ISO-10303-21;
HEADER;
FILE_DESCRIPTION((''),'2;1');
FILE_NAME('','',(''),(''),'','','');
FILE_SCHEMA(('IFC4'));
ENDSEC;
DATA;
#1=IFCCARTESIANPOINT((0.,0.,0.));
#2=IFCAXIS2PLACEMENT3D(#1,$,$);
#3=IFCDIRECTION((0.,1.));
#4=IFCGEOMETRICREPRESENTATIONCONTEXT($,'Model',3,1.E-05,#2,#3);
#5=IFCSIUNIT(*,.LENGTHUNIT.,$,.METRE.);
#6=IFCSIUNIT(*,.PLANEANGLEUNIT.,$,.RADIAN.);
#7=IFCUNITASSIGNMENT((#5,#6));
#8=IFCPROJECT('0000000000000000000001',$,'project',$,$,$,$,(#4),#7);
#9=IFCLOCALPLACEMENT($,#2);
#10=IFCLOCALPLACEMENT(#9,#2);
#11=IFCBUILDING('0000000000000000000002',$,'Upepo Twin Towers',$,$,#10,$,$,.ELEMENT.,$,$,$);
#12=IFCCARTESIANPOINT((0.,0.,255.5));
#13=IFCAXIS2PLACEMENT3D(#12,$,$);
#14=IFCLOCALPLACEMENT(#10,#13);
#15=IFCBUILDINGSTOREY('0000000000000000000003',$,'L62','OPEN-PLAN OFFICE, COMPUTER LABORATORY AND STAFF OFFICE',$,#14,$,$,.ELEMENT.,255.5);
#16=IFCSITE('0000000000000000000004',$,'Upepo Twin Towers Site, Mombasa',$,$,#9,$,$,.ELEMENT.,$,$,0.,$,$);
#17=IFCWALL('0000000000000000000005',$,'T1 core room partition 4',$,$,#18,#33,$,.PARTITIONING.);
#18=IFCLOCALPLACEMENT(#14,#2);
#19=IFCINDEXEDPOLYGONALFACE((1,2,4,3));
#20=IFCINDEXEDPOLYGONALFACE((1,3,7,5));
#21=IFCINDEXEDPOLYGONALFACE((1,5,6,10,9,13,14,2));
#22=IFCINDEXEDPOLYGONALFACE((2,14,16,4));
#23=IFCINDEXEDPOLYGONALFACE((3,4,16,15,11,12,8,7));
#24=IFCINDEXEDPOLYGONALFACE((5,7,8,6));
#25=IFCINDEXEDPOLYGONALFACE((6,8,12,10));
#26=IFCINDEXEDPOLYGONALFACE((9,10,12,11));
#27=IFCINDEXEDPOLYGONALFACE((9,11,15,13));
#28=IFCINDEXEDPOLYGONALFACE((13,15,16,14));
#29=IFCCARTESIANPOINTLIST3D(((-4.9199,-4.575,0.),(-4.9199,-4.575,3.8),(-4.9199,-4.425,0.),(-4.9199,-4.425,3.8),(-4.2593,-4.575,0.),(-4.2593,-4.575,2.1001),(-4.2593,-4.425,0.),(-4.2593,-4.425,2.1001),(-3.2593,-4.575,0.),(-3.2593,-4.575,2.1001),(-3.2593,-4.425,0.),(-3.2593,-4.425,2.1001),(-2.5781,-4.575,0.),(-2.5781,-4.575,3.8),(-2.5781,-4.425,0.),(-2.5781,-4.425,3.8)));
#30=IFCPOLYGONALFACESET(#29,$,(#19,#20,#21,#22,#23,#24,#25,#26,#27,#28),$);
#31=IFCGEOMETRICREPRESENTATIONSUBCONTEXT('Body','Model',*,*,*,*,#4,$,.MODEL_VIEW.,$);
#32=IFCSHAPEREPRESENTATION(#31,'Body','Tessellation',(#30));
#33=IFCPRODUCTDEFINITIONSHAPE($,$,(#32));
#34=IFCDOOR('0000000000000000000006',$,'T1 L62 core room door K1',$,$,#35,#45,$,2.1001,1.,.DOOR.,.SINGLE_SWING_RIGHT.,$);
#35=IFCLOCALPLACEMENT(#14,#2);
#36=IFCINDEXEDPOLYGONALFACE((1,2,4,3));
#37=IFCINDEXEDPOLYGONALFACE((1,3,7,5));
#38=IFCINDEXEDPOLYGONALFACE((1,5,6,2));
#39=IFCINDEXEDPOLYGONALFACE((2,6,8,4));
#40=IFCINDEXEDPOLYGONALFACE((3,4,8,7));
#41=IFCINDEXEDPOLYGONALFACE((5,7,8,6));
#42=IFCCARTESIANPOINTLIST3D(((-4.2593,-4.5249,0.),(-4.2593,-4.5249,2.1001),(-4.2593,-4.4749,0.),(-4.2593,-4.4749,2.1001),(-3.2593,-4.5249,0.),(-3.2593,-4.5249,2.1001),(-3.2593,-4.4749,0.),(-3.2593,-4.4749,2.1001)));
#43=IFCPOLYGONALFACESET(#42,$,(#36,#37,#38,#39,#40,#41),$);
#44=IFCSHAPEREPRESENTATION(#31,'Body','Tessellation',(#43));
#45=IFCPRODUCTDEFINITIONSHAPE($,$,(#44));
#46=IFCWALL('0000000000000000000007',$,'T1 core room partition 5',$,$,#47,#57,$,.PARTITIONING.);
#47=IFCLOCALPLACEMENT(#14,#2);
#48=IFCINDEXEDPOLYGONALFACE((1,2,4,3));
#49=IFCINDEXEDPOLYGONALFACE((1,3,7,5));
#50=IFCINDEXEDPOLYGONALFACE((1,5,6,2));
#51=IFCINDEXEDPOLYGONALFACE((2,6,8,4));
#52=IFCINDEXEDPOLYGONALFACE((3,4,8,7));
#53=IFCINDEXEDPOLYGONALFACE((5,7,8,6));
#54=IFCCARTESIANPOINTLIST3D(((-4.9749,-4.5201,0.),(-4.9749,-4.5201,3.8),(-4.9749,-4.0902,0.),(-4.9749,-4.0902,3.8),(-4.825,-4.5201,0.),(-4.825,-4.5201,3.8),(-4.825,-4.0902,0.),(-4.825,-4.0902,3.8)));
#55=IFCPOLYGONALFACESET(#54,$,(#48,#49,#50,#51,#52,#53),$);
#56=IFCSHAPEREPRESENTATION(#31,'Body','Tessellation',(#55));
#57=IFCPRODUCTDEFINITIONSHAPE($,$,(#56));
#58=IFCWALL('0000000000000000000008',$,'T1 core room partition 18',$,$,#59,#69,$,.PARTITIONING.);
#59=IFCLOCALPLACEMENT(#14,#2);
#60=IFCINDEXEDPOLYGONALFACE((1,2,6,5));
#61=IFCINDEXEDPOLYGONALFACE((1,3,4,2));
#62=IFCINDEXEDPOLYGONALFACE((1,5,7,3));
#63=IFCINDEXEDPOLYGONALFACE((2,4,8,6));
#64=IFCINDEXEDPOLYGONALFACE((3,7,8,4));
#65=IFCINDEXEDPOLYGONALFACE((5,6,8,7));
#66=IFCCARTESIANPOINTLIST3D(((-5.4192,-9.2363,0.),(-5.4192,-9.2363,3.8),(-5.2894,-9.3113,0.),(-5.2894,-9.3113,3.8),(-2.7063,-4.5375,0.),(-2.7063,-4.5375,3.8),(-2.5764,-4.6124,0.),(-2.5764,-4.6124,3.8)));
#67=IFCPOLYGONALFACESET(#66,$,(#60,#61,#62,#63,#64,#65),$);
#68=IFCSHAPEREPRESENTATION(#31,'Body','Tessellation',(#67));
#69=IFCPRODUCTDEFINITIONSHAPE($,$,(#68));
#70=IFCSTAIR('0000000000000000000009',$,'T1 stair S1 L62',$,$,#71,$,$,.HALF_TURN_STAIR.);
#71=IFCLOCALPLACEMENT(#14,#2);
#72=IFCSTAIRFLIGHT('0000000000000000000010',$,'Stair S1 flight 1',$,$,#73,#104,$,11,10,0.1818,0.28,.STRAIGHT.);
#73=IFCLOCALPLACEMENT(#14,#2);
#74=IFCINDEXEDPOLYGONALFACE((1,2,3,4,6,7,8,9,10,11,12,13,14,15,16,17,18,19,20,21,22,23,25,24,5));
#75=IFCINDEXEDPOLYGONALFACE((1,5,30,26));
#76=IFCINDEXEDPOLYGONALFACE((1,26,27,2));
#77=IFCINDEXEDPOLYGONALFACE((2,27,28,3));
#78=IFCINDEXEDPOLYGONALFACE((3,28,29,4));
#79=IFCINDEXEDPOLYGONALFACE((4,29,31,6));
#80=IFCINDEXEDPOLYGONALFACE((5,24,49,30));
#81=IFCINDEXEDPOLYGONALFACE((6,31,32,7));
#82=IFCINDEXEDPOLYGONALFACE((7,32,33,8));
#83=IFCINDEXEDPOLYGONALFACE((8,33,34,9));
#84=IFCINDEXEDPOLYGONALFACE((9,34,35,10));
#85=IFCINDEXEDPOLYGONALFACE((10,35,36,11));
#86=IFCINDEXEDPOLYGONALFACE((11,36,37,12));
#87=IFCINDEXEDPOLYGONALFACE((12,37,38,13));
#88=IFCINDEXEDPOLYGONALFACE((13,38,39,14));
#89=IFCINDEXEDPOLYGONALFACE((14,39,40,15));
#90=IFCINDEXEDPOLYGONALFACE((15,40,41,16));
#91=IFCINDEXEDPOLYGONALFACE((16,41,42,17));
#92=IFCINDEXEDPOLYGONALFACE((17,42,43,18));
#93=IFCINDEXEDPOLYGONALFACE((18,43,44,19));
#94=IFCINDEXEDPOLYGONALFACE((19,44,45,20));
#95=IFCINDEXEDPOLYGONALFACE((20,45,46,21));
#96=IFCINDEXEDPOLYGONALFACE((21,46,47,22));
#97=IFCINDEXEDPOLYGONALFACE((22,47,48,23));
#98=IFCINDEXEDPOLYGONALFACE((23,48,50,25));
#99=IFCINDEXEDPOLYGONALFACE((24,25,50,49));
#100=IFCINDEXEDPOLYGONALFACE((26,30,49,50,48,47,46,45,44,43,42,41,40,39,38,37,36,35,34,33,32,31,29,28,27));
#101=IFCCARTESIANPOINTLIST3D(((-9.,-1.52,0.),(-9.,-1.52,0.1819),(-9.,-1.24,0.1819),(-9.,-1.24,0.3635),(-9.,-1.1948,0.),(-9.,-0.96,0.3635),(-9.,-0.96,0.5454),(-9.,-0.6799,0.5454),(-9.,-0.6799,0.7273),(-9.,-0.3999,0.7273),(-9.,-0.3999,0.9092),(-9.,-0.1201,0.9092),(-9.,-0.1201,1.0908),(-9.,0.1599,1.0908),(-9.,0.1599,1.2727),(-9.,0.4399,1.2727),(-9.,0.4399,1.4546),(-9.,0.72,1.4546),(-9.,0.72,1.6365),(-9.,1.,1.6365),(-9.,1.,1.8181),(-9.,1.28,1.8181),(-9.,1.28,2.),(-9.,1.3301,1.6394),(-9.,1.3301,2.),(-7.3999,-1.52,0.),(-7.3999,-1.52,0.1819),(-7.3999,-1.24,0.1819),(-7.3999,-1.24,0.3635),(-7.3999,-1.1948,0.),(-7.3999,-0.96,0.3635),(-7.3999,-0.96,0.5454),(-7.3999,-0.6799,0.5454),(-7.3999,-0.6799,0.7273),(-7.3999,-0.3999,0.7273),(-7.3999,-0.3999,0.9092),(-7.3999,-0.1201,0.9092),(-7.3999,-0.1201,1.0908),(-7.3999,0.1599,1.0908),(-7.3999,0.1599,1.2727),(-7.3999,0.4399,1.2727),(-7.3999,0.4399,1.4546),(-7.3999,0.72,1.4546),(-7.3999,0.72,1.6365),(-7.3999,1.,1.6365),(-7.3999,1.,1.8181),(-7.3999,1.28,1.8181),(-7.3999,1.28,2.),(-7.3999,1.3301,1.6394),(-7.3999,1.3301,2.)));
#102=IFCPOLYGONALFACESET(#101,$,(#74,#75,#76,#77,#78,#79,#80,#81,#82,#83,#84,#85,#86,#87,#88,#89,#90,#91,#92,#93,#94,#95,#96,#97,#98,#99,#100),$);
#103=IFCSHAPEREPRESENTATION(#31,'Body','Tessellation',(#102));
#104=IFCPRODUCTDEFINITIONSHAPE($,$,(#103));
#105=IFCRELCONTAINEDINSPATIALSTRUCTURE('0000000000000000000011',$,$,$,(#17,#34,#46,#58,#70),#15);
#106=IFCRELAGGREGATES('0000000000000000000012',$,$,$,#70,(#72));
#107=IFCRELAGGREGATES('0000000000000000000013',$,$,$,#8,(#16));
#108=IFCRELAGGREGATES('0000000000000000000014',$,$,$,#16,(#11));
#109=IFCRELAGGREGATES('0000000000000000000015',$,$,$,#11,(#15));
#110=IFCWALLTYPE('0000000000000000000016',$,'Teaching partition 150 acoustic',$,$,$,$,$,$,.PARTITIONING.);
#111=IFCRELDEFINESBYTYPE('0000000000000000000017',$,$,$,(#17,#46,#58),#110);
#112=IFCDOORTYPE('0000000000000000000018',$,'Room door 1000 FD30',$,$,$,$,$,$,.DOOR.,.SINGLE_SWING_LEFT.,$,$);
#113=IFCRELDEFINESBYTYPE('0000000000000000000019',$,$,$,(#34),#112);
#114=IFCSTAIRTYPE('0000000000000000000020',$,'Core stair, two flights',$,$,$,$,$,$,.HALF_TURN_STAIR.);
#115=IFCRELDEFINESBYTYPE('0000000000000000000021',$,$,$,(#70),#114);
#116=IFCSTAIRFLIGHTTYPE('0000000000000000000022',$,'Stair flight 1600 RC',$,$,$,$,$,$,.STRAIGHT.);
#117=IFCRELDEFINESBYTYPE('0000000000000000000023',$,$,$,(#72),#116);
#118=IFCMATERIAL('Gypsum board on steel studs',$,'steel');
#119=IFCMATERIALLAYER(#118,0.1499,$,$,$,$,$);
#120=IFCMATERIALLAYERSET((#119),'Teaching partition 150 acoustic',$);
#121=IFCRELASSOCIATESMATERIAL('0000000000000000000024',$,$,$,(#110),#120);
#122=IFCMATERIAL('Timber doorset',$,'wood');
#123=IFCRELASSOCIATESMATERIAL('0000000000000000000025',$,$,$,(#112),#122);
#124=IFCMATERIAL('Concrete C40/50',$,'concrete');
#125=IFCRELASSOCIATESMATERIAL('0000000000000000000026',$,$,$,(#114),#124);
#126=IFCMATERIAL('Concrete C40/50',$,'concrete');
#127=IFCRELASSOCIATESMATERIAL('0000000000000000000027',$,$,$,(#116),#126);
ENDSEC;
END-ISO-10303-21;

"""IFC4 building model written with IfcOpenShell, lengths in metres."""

from ifc_helpers import new_model, si_unit, direction, frame, frame_2d, origin, place, context, subcontext, project, spatial, polyline, rectangle, outline, extrude, material, layer, layer_set, type_object, element, fill, aggregate, save


model = new_model("IFC4")

# Units and contexts
model_context = context("Model", 3, precision=1e-05, world=origin(), true_north=direction((0.0, 1.0)))
body_context = subcontext(model_context, "Body", "Model", "MODEL_VIEW")
ifc_project = project(units=[si_unit("LENGTHUNIT", "METRE"), si_unit("PLANEANGLEUNIT", "RADIAN")], contexts=[model_context])

# Site, building, storey
site_placement = place(None, origin())
site = spatial("IfcSite", under=ifc_project, at=site_placement, Name="Upepo Twin Towers Site, Mombasa", CompositionType="ELEMENT", RefElevation=0.0)
building_placement = place(site_placement, origin())
building = spatial("IfcBuilding", under=site, at=building_placement, Name="Upepo Twin Towers", CompositionType="ELEMENT")
storey_placement = place(building_placement, frame((0.0, 0.0, 255.5)))
storey = spatial("IfcBuildingStorey", under=building, at=storey_placement, Name="L62", Description="OPEN-PLAN OFFICE, COMPUTER LABORATORY AND STAFF OFFICE", CompositionType="ELEMENT", Elevation=255.5)

# Shared definitions
ifc_material_1 = material(Name="Gypsum board on steel studs", Category="steel")
ifc_layer_1 = layer(ifc_material_1, 0.1499)
ifc_layer_set_1 = layer_set([ifc_layer_1], Name="Teaching partition 150 acoustic")
wall_type_1 = type_object("IfcWallType", Name="Teaching partition 150 acoustic", PredefinedType="PARTITIONING", material=ifc_layer_set_1)

# Wall, opening, door
ifc_material_2 = material(Name="Timber doorset", Category="wood")
door_type_1 = type_object("IfcDoorType", Name="Room door 1000 FD30", OperationType="SINGLE_SWING_LEFT", PredefinedType="DOOR", material=ifc_material_2)
wall_1_placement = place(storey_placement, frame((-2.5781, -4.5, 0.0), z_axis=(0.0, 0.0, 1.0), x_axis=(-1.0, 0.0, 0.0)))
wall_1 = element("IfcWall", 1, at=wall_1_placement, inside=storey, type_object=wall_type_1, Name="T1 core room partition 4", PredefinedType="PARTITIONING", context=body_context, shape_type="SweptSolid", body=[
    extrude(rectangle(XDim=2.3418, YDim=0.1499, at=frame_2d((1.1709, 0.0))), origin(), (0.0, 0.0, 1.0), 3.8),
])
opening_1_placement = place(wall_1_placement, frame((0.6812, 0.0, 0.0)))
opening_1 = element("IfcOpeningElement", 2, at=opening_1_placement, cuts=wall_1, PredefinedType="OPENING", context=body_context, shape_type="SweptSolid", body=[
    extrude(rectangle(XDim=1.0, YDim=2.1001, at=frame_2d((0.5, 1.05))), frame((0.0, 0.085, 0.0), z_axis=(0.0, -1.0, 0.0), x_axis=(1.0, 0.0, 0.0)), (0.0, 0.0, 1.0), 0.1699),
])
door_1_placement = place(opening_1_placement, origin())
door_1 = element("IfcDoor", 3, at=door_1_placement, inside=storey, type_object=door_type_1, Name="T1 L62 core room door K1", OperationType="SINGLE_SWING_RIGHT", OverallHeight=2.1001, OverallWidth=1.0, PredefinedType="DOOR", context=body_context, shape_type="SweptSolid", body=[
    extrude(rectangle(XDim=1.0, YDim=2.1001, at=frame_2d((0.5, 1.05))), frame((0.0, 0.0249, 0.0), z_axis=(0.0, -1.0, 0.0), x_axis=(1.0, 0.0, 0.0)), (0.0, 0.0, 1.0), 0.05),
])
fill(opening_1, door_1)

# Walls
wall_2_placement = place(storey_placement, frame((-4.8999, -4.52, 0.0), z_axis=(0.0, 0.0, 1.0), x_axis=(0.0, 1.0, 0.0)))
element("IfcWall", 4, at=wall_2_placement, inside=storey, type_object=wall_type_1, Name="T1 core room partition 5", PredefinedType="PARTITIONING", context=body_context, shape_type="SweptSolid", body=[
    extrude(rectangle(XDim=0.4299, YDim=0.1499, at=frame_2d((0.2148, 0.0))), origin(), (0.0, 0.0, 1.0), 3.8),
])
wall_3_placement = place(storey_placement, frame((-2.6414, -4.575, 0.0), z_axis=(0.0, 0.0, 1.0), x_axis=(-0.500011, -0.866019, 0.0)))
element("IfcWall", 5, at=wall_3_placement, inside=storey, type_object=wall_type_1, Name="T1 core room partition 18", PredefinedType="PARTITIONING", context=body_context, shape_type="SweptSolid", body=[
    extrude(rectangle(XDim=5.4258, YDim=0.1499, at=frame_2d((2.7129, 0.0))), origin(), (0.0, 0.0, 1.0), 3.8),
])

# Stair, stair flight
ifc_material_3 = material(Name="Concrete C40/50", Category="concrete")
stair_type = type_object("IfcStairType", Name="Core stair, two flights", PredefinedType="HALF_TURN_STAIR", material=ifc_material_3)
stair_placement = place(storey_placement, origin())
stair = element("IfcStair", 6, at=stair_placement, inside=storey, type_object=stair_type, Name="T1 stair S1 L62", PredefinedType="HALF_TURN_STAIR")
ifc_material_4 = material(Name="Concrete C40/50", Category="concrete")
stair_flight_type = type_object("IfcStairFlightType", Name="Stair flight 1600 RC", PredefinedType="STRAIGHT", material=ifc_material_4)
stair_flight_placement = place(storey_placement, frame((-8.2, -1.52, 0.0), z_axis=(0.0, 0.0, 1.0), x_axis=(0.0, 1.0, 0.0)))
stair_flight = element("IfcStairFlight", 7, at=stair_flight_placement, type_object=stair_flight_type, Name="Stair S1 flight 1", NumberOfRisers=11, NumberOfTreads=10, PredefinedType="STRAIGHT", RiserHeight=0.1818, TreadLength=0.28, context=body_context, shape_type="SweptSolid", body=[
    extrude(outline(polyline([(0.0, 0.0), (0.0, 0.1819), (0.28, 0.1819), (0.28, 0.3635), (0.5601, 0.3635), (0.5601, 0.5454), (0.8401, 0.5454), (0.8401, 0.7273), (1.1201, 0.7273), (1.1201, 0.9092), (1.3999, 0.9092), (1.3999, 1.0908), (1.6799, 1.0908), (1.6799, 1.2727), (1.96, 1.2727), (1.96, 1.4546), (2.24, 1.4546), (2.24, 1.6365), (2.52, 1.6365), (2.52, 1.8181), (2.8, 1.8181), (2.8, 2.0), (2.8501, 2.0), (2.8501, 1.6394), (0.3252, 0.0), (0.0, 0.0)])), frame((0.0, 0.8, 0.0), z_axis=(0.0, -1.0, 0.0), x_axis=(1.0, 0.0, 0.0)), (0.0, 0.0, 1.0), 1.6001),
])
aggregate(stair, [stair_flight])

save(model, "model.ifc")
